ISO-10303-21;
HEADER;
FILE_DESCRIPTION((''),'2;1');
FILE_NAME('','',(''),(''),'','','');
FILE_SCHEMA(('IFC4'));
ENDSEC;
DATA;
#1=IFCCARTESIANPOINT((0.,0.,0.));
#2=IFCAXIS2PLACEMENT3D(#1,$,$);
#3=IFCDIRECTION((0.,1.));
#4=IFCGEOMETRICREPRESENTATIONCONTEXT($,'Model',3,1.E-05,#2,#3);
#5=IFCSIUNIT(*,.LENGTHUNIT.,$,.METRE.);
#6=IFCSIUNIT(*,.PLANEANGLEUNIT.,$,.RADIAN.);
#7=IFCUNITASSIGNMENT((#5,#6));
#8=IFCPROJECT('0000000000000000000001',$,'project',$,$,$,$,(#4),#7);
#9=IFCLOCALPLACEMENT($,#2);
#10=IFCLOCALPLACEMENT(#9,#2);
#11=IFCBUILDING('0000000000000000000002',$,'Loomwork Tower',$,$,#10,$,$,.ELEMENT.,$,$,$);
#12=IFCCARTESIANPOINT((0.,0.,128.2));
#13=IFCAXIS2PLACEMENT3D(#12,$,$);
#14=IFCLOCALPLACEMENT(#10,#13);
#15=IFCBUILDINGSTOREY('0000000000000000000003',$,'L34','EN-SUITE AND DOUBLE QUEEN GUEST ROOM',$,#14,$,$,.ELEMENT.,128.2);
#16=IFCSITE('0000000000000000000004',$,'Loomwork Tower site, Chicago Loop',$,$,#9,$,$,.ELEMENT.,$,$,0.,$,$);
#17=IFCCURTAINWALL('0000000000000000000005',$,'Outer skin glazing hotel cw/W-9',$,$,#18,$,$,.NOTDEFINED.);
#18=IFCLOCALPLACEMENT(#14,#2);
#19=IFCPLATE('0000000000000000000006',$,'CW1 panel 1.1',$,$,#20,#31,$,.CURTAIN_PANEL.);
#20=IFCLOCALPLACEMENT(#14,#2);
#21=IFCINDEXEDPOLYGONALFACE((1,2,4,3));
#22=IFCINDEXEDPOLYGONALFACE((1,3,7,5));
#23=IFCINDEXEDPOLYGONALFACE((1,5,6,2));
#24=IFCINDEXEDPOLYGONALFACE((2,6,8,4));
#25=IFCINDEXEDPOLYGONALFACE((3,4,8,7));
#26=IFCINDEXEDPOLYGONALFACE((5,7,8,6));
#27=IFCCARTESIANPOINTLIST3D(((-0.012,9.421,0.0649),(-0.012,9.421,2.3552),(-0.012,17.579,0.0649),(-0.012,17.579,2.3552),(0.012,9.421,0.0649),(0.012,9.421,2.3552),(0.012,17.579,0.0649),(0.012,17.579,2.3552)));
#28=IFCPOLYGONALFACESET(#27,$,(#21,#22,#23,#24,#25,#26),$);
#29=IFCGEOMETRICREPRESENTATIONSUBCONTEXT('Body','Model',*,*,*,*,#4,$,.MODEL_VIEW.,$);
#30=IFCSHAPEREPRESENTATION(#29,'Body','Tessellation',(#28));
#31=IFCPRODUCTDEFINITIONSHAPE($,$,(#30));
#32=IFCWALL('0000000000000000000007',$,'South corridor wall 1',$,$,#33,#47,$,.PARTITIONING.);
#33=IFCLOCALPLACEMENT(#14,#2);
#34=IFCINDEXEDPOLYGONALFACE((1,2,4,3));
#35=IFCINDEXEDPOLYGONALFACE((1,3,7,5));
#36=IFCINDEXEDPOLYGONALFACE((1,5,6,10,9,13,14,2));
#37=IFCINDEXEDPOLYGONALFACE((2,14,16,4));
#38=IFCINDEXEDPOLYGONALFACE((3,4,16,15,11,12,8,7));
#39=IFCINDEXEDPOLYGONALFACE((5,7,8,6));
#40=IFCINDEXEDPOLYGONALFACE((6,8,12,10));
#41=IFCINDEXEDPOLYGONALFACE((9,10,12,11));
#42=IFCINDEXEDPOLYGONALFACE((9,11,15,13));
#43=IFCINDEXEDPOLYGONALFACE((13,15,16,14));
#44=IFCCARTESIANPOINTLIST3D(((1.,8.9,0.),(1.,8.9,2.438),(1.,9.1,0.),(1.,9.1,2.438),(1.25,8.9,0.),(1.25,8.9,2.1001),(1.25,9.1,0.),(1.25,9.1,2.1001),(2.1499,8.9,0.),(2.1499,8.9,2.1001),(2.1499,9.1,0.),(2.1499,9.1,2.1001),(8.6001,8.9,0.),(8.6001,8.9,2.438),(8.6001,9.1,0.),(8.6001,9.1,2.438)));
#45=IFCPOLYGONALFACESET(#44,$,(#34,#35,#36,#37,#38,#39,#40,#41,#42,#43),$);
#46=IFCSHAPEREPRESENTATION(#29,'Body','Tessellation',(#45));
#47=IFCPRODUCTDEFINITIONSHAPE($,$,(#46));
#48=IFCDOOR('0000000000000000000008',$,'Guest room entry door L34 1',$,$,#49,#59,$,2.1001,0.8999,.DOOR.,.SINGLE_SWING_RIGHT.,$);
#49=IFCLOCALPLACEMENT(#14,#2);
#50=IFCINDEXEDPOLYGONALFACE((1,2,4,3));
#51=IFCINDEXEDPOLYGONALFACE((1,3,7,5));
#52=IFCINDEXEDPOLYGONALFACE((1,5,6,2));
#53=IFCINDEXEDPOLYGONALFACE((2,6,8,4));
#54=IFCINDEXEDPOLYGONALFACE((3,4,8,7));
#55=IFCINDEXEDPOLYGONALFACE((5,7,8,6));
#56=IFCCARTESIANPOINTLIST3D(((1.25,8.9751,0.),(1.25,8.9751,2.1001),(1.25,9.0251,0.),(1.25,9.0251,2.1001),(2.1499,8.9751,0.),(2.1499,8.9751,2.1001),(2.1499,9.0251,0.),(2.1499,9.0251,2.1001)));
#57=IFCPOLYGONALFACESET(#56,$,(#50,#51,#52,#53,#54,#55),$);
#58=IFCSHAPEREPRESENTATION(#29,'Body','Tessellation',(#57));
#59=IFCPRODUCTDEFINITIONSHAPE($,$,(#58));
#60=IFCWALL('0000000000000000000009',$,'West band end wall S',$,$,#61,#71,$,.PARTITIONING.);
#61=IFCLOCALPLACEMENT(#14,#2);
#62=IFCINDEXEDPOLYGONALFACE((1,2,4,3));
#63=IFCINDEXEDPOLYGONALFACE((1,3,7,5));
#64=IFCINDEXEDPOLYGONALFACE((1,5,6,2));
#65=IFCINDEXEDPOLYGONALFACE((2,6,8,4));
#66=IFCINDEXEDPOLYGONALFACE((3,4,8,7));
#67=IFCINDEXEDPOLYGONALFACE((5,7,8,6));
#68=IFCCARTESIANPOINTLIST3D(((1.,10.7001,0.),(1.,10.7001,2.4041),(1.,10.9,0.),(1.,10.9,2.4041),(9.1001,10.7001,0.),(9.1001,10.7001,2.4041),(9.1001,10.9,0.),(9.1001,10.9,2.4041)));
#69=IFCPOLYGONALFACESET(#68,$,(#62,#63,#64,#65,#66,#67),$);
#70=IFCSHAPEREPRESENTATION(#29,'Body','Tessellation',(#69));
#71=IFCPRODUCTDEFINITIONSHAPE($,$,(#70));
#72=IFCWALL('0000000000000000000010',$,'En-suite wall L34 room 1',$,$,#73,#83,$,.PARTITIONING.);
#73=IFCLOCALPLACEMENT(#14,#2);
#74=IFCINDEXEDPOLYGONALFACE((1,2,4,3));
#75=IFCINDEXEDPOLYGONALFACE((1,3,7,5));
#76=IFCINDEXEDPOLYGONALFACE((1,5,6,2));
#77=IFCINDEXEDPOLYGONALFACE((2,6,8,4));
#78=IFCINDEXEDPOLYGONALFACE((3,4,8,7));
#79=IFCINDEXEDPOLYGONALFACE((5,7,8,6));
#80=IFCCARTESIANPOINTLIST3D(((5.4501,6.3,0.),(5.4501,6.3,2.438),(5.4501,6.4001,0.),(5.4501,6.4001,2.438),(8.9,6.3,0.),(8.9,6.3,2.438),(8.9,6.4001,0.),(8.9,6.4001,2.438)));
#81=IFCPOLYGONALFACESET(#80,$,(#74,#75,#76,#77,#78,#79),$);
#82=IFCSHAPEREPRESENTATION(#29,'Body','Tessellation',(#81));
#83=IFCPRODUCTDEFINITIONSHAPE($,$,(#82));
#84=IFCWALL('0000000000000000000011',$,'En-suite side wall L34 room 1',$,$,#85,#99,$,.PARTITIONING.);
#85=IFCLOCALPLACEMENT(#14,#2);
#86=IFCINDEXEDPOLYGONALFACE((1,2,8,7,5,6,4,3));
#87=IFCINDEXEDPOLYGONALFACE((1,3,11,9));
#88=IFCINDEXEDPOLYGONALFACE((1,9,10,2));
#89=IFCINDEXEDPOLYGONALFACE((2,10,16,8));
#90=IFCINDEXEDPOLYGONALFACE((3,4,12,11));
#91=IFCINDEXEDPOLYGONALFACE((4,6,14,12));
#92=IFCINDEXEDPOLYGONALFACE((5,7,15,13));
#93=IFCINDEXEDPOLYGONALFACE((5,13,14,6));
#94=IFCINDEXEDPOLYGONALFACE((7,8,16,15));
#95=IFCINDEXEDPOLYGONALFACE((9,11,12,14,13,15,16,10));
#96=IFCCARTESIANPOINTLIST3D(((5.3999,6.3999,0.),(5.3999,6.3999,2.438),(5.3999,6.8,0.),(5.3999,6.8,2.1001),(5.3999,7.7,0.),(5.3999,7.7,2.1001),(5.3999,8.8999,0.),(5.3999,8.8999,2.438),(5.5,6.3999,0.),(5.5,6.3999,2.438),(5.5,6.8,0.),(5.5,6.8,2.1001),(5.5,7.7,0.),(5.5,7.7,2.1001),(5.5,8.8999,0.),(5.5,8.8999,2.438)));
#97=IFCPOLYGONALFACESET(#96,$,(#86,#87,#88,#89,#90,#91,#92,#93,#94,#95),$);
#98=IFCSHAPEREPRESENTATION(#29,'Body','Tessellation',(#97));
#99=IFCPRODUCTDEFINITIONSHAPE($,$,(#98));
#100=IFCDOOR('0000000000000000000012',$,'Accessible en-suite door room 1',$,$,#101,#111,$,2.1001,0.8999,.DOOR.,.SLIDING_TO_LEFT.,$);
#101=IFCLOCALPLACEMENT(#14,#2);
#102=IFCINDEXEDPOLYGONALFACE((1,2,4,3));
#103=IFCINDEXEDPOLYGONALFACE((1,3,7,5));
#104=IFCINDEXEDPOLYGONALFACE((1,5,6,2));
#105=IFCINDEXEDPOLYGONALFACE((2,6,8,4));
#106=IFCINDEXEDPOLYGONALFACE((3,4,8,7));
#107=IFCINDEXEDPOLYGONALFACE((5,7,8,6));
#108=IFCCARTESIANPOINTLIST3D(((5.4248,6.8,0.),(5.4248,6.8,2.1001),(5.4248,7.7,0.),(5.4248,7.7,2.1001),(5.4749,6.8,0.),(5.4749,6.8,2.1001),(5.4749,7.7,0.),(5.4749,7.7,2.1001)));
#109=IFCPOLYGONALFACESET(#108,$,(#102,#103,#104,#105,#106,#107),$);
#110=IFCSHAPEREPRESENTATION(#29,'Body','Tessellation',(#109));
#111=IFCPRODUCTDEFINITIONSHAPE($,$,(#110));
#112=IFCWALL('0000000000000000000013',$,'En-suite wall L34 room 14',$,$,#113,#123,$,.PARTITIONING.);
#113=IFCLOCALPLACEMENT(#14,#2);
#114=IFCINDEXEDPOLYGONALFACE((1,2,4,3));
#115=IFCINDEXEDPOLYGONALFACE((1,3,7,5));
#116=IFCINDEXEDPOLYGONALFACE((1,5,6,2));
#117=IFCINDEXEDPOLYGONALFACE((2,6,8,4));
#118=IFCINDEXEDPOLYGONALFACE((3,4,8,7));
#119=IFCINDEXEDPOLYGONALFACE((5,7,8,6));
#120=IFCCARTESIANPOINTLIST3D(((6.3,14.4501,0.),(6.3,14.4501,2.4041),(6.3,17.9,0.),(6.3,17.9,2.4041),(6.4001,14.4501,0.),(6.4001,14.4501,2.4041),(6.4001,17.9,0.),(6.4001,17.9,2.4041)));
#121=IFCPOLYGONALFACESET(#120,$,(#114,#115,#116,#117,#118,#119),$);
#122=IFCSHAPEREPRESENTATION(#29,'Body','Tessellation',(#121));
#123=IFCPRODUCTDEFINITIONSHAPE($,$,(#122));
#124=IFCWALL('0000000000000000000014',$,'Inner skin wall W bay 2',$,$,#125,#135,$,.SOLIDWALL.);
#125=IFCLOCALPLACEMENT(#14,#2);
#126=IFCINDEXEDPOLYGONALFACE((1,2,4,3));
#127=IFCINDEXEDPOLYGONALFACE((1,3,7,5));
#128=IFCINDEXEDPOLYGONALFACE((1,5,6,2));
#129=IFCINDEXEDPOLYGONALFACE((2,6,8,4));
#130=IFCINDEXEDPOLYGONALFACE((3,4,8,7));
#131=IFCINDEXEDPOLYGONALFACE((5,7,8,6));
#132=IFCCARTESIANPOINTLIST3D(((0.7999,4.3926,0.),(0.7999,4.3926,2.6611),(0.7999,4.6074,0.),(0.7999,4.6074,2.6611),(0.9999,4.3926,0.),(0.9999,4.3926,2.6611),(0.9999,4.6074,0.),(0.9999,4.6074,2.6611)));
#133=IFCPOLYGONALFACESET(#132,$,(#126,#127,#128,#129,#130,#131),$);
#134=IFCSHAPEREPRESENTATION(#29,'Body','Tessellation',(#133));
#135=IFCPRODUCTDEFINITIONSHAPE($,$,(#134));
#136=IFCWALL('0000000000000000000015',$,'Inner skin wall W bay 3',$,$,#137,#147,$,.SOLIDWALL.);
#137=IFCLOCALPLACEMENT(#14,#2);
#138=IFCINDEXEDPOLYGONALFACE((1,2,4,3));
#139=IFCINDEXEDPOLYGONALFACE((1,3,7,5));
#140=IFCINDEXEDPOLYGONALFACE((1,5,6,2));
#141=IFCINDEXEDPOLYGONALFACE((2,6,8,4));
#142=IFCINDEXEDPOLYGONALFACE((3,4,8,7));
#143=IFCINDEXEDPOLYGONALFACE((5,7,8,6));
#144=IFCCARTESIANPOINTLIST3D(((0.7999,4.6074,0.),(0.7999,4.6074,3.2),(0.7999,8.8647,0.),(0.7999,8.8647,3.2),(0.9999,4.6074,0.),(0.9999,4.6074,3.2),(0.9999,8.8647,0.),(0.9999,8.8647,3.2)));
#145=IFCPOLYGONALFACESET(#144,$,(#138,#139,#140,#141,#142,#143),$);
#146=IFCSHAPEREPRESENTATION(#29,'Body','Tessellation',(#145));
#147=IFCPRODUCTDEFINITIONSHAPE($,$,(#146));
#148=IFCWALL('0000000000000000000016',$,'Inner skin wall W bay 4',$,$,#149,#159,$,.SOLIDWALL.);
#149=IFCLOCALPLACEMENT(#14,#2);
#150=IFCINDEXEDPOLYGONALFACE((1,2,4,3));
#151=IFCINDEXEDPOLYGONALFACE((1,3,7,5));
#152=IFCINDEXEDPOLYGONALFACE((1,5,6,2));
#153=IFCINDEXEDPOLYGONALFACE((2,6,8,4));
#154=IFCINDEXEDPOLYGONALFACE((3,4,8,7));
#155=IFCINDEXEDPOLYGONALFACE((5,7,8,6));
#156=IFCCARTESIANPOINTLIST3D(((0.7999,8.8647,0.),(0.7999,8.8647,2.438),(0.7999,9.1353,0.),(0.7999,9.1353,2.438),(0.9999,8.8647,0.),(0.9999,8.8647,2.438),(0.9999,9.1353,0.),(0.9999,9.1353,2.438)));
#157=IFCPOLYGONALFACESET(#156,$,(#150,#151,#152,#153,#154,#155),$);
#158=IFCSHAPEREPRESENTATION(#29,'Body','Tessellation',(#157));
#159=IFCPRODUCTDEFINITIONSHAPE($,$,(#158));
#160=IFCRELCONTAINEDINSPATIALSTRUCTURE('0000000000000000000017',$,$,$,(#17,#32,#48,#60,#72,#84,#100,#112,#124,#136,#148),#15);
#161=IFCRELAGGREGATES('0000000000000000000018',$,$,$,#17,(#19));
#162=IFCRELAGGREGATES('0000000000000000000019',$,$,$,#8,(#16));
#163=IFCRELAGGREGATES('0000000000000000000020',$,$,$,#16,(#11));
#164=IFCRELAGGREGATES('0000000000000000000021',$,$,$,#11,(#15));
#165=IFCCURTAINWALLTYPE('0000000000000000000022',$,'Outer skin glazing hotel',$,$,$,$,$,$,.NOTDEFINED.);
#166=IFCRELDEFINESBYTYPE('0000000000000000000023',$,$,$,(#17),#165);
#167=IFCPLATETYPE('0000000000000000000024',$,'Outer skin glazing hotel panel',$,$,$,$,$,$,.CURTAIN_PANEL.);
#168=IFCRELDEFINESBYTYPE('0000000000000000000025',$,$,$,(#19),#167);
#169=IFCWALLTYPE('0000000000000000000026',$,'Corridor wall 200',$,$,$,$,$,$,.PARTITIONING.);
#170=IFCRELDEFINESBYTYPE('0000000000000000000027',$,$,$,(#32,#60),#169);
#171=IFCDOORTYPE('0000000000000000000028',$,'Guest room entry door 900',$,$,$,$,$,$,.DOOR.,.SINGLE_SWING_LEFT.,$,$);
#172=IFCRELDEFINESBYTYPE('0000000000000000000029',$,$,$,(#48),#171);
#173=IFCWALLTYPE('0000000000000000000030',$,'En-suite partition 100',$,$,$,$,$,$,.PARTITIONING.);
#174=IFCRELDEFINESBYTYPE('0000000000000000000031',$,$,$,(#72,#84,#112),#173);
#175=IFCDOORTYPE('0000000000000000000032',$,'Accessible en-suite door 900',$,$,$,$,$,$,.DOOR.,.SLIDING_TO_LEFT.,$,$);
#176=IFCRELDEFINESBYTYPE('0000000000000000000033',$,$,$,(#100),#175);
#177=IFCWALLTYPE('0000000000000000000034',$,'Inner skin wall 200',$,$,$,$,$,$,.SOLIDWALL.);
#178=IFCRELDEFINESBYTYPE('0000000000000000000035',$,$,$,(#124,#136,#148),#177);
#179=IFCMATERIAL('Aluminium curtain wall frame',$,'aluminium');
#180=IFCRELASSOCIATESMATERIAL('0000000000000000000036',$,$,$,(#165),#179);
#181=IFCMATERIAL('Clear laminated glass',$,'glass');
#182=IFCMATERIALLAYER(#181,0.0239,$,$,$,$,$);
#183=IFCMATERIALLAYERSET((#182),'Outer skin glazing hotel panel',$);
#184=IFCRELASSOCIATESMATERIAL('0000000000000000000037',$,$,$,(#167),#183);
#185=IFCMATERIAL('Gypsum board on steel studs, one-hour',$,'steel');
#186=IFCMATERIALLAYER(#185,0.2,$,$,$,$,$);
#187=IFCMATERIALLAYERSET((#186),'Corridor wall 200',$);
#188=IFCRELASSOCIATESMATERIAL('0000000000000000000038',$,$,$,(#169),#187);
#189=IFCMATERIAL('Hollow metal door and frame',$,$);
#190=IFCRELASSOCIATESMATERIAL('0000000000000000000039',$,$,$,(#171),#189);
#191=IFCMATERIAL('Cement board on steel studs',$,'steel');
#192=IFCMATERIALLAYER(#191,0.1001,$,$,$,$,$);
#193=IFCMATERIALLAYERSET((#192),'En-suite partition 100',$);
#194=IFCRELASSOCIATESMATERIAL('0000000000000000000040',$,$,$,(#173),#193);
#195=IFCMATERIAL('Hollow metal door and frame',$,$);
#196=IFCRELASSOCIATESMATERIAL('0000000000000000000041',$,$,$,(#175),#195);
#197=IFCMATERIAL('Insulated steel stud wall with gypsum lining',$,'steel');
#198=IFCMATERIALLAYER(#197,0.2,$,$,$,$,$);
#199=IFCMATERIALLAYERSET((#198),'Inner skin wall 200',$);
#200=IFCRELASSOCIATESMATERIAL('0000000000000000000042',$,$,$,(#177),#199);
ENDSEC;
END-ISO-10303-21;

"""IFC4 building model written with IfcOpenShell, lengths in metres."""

from ifc_helpers import new_model, si_unit, direction, frame, frame_2d, origin, origin_2d, place, context, subcontext, project, spatial, rectangle, extrude, material, layer, layer_set, type_object, element, fill, aggregate, save


model = new_model("IFC4")

# Units and contexts
model_context = context("Model", 3, precision=1e-05, world=origin(), true_north=direction((0.0, 1.0)))
body_context = subcontext(model_context, "Body", "Model", "MODEL_VIEW")
ifc_project = project(units=[si_unit("LENGTHUNIT", "METRE"), si_unit("PLANEANGLEUNIT", "RADIAN")], contexts=[model_context])

# Site, building, storey
site_placement = place(None, origin())
site = spatial("IfcSite", under=ifc_project, at=site_placement, Name="Loomwork Tower site, Chicago Loop", CompositionType="ELEMENT", RefElevation=0.0)
building_placement = place(site_placement, origin())
building = spatial("IfcBuilding", under=site, at=building_placement, Name="Loomwork Tower", CompositionType="ELEMENT")
storey_placement = place(building_placement, frame((0.0, 0.0, 128.2)))
storey = spatial("IfcBuildingStorey", under=building, at=storey_placement, Name="L34", Description="EN-SUITE AND DOUBLE QUEEN GUEST ROOM", CompositionType="ELEMENT", Elevation=128.2)

# Curtain wall
ifc_material_1 = material(Name="Aluminium curtain wall frame", Category="aluminium")
curtain_wall_type = type_object("IfcCurtainWallType", Name="Outer skin glazing hotel", PredefinedType="NOTDEFINED", material=ifc_material_1)
curtain_wall_1_placement = place(storey_placement, origin())
curtain_wall_1 = element("IfcCurtainWall", 1, at=curtain_wall_1_placement, inside=storey, type_object=curtain_wall_type, Name="Outer skin glazing hotel cw/W-9", PredefinedType="NOTDEFINED")

# Plate
ifc_material_2 = material(Name="Clear laminated glass", Category="glass")
ifc_layer_1 = layer(ifc_material_2, 0.0239)
ifc_layer_set_1 = layer_set([ifc_layer_1], Name="Outer skin glazing hotel panel")
plate_type = type_object("IfcPlateType", Name="Outer skin glazing hotel panel", PredefinedType="CURTAIN_PANEL", material=ifc_layer_set_1)
plate_1_placement = place(storey_placement, frame((0.0, 13.5, 0.0649), z_axis=(0.0, 0.0, 1.0), x_axis=(0.0, -1.0, 0.0)))
plate_1 = element("IfcPlate", 2, at=plate_1_placement, type_object=plate_type, Name="CW1 panel 1.1", PredefinedType="CURTAIN_PANEL", context=body_context, shape_type="SweptSolid", body=[
    extrude(rectangle(XDim=8.158, YDim=0.0239, at=origin_2d()), origin(), (0.0, 0.0, 1.0), 2.2903),
])
aggregate(curtain_wall_1, [plate_1])

# Wall, opening, door
ifc_material_3 = material(Name="Gypsum board on steel studs, one-hour", Category="steel")
ifc_layer_2 = layer(ifc_material_3, 0.2)
ifc_layer_set_2 = layer_set([ifc_layer_2], Name="Corridor wall 200")
wall_type_1 = type_object("IfcWallType", Name="Corridor wall 200", PredefinedType="PARTITIONING", material=ifc_layer_set_2)
wall_1_placement = place(storey_placement, frame((1.0, 9.0, 0.0), z_axis=(0.0, 0.0, 1.0), x_axis=(1.0, 0.0, 0.0)))
wall_1 = element("IfcWall", 3, at=wall_1_placement, inside=storey, type_object=wall_type_1, Name="South corridor wall 1", PredefinedType="PARTITIONING", context=body_context, shape_type="SweptSolid", body=[
    extrude(rectangle(XDim=7.6001, YDim=0.2, at=frame_2d((3.8, 0.0))), origin(), (0.0, 0.0, 1.0), 2.438),
])
opening_1_placement = place(wall_1_placement, frame((0.25, 0.0, 0.0)))
opening_1 = element("IfcOpeningElement", 4, at=opening_1_placement, cuts=wall_1, PredefinedType="OPENING", context=body_context, shape_type="SweptSolid", body=[
    extrude(rectangle(XDim=0.8999, YDim=2.1001, at=frame_2d((0.45, 1.05))), frame((0.0, 0.1099, 0.0), z_axis=(0.0, -1.0, 0.0), x_axis=(1.0, 0.0, 0.0)), (0.0, 0.0, 1.0), 0.22),
])
ifc_material_4 = material(Name="Hollow metal door and frame")
door_type_1 = type_object("IfcDoorType", Name="Guest room entry door 900", OperationType="SINGLE_SWING_LEFT", PredefinedType="DOOR", material=ifc_material_4)
door_1_placement = place(opening_1_placement, frame((0.8999, 0.0, 0.0), z_axis=(0.0, 0.0, 1.0), x_axis=(-1.0, 0.0, 0.0)))
door_1 = element("IfcDoor", 5, at=door_1_placement, inside=storey, type_object=door_type_1, Name="Guest room entry door L34 1", OperationType="SINGLE_SWING_RIGHT", OverallHeight=2.1001, OverallWidth=0.8999, PredefinedType="DOOR", context=body_context, shape_type="SweptSolid", body=[
    extrude(rectangle(XDim=0.8999, YDim=2.1001, at=frame_2d((0.45, 1.05))), frame((0.0, 0.0249, 0.0), z_axis=(0.0, -1.0, 0.0), x_axis=(1.0, 0.0, 0.0)), (0.0, 0.0, 1.0), 0.05),
])
fill(opening_1, door_1)

# Walls
wall_2_placement = place(storey_placement, frame((1.0, 10.8, 0.0), z_axis=(0.0, 0.0, 1.0), x_axis=(1.0, 0.0, 0.0)))
element("IfcWall", 6, at=wall_2_placement, inside=storey, type_object=wall_type_1, Name="West band end wall S", PredefinedType="PARTITIONING", context=body_context, shape_type="SweptSolid", body=[
    extrude(rectangle(XDim=8.1001, YDim=0.2, at=frame_2d((4.05, 0.0))), origin(), (0.0, 0.0, 1.0), 2.4041),
])
ifc_material_5 = material(Name="Cement board on steel studs", Category="steel")
ifc_layer_3 = layer(ifc_material_5, 0.1001)
ifc_layer_set_3 = layer_set([ifc_layer_3], Name="En-suite partition 100")
wall_type_2 = type_object("IfcWallType", Name="En-suite partition 100", PredefinedType="PARTITIONING", material=ifc_layer_set_3)
wall_3_placement = place(storey_placement, frame((5.45, 6.3501, 0.0), z_axis=(0.0, 0.0, 1.0), x_axis=(1.0, 0.0, 0.0)))
element("IfcWall", 7, at=wall_3_placement, inside=storey, type_object=wall_type_2, Name="En-suite wall L34 room 1", PredefinedType="PARTITIONING", context=body_context, shape_type="SweptSolid", body=[
    extrude(rectangle(XDim=3.45, YDim=0.1001, at=frame_2d((1.7251, 0.0))), origin(), (0.0, 0.0, 1.0), 2.438),
])

# Wall, opening, door
wall_4_placement = place(storey_placement, frame((5.45, 8.8999, 0.0), z_axis=(0.0, 0.0, 1.0), x_axis=(0.0, -1.0, 0.0)))
wall_4 = element("IfcWall", 8, at=wall_4_placement, inside=storey, type_object=wall_type_2, Name="En-suite side wall L34 room 1", PredefinedType="PARTITIONING", context=body_context, shape_type="SweptSolid", body=[
    extrude(rectangle(XDim=2.5, YDim=0.1001, at=frame_2d((1.25, 0.0))), origin(), (0.0, 0.0, 1.0), 2.438),
])
opening_2_placement = place(wall_4_placement, frame((1.2, 0.0, 0.0)))
opening_2 = element("IfcOpeningElement", 9, at=opening_2_placement, cuts=wall_4, PredefinedType="OPENING", context=body_context, shape_type="SweptSolid", body=[
    extrude(rectangle(XDim=0.8999, YDim=2.1001, at=frame_2d((0.45, 1.05))), frame((0.0, 0.0601, 0.0), z_axis=(0.0, -1.0, 0.0), x_axis=(1.0, 0.0, 0.0)), (0.0, 0.0, 1.0), 0.1201),
])
ifc_material_6 = material(Name="Hollow metal door and frame")
door_type_2 = type_object("IfcDoorType", Name="Accessible en-suite door 900", OperationType="SLIDING_TO_LEFT", PredefinedType="DOOR", material=ifc_material_6)
door_2_placement = place(opening_2_placement, origin())
door_2 = element("IfcDoor", 10, at=door_2_placement, inside=storey, type_object=door_type_2, Name="Accessible en-suite door room 1", OperationType="SLIDING_TO_LEFT", OverallHeight=2.1001, OverallWidth=0.8999, PredefinedType="DOOR", context=body_context, shape_type="SweptSolid", body=[
    extrude(rectangle(XDim=0.8999, YDim=2.1001, at=frame_2d((0.45, 1.05))), frame((0.0, 0.0249, 0.0), z_axis=(0.0, -1.0, 0.0), x_axis=(1.0, 0.0, 0.0)), (0.0, 0.0, 1.0), 0.05),
])
fill(opening_2, door_2)

# Walls
wall_5_placement = place(storey_placement, frame((6.3501, 14.45, 0.0), z_axis=(0.0, 0.0, 1.0), x_axis=(0.0, 1.0, 0.0)))
element("IfcWall", 11, at=wall_5_placement, inside=storey, type_object=wall_type_2, Name="En-suite wall L34 room 14", PredefinedType="PARTITIONING", context=body_context, shape_type="SweptSolid", body=[
    extrude(rectangle(XDim=3.45, YDim=0.1001, at=frame_2d((1.7251, 0.0))), origin(), (0.0, 0.0, 1.0), 2.4041),
])
ifc_material_7 = material(Name="Insulated steel stud wall with gypsum lining", Category="steel")
ifc_layer_4 = layer(ifc_material_7, 0.2)
ifc_layer_set_4 = layer_set([ifc_layer_4], Name="Inner skin wall 200")
wall_type_3 = type_object("IfcWallType", Name="Inner skin wall 200", PredefinedType="SOLIDWALL", material=ifc_layer_set_4)
wall_6_placement = place(storey_placement, frame((0.8999, 4.3926, 0.0), z_axis=(0.0, 0.0, 1.0), x_axis=(0.0, 1.0, 0.0)))
element("IfcWall", 12, at=wall_6_placement, inside=storey, type_object=wall_type_3, Name="Inner skin wall W bay 2", PredefinedType="SOLIDWALL", context=body_context, shape_type="SweptSolid", body=[
    extrude(rectangle(XDim=0.2148, YDim=0.2, at=frame_2d((0.1074, 0.0))), origin(), (0.0, 0.0, 1.0), 2.6611),
])
wall_7_placement = place(storey_placement, frame((0.8999, 4.6074, 0.0), z_axis=(0.0, 0.0, 1.0), x_axis=(0.0, 1.0, 0.0)))
element("IfcWall", 13, at=wall_7_placement, inside=storey, type_object=wall_type_3, Name="Inner skin wall W bay 3", PredefinedType="SOLIDWALL", context=body_context, shape_type="SweptSolid", body=[
    extrude(rectangle(XDim=4.2573, YDim=0.2, at=frame_2d((2.1287, 0.0))), origin(), (0.0, 0.0, 1.0), 3.2),
])
wall_8_placement = place(storey_placement, frame((0.8999, 8.8647, 0.0), z_axis=(0.0, 0.0, 1.0), x_axis=(0.0, 1.0, 0.0)))
element("IfcWall", 14, at=wall_8_placement, inside=storey, type_object=wall_type_3, Name="Inner skin wall W bay 4", PredefinedType="SOLIDWALL", context=body_context, shape_type="SweptSolid", body=[
    extrude(rectangle(XDim=0.2705, YDim=0.2, at=frame_2d((0.1353, 0.0))), origin(), (0.0, 0.0, 1.0), 2.438),
])

save(model, "model.ifc")
